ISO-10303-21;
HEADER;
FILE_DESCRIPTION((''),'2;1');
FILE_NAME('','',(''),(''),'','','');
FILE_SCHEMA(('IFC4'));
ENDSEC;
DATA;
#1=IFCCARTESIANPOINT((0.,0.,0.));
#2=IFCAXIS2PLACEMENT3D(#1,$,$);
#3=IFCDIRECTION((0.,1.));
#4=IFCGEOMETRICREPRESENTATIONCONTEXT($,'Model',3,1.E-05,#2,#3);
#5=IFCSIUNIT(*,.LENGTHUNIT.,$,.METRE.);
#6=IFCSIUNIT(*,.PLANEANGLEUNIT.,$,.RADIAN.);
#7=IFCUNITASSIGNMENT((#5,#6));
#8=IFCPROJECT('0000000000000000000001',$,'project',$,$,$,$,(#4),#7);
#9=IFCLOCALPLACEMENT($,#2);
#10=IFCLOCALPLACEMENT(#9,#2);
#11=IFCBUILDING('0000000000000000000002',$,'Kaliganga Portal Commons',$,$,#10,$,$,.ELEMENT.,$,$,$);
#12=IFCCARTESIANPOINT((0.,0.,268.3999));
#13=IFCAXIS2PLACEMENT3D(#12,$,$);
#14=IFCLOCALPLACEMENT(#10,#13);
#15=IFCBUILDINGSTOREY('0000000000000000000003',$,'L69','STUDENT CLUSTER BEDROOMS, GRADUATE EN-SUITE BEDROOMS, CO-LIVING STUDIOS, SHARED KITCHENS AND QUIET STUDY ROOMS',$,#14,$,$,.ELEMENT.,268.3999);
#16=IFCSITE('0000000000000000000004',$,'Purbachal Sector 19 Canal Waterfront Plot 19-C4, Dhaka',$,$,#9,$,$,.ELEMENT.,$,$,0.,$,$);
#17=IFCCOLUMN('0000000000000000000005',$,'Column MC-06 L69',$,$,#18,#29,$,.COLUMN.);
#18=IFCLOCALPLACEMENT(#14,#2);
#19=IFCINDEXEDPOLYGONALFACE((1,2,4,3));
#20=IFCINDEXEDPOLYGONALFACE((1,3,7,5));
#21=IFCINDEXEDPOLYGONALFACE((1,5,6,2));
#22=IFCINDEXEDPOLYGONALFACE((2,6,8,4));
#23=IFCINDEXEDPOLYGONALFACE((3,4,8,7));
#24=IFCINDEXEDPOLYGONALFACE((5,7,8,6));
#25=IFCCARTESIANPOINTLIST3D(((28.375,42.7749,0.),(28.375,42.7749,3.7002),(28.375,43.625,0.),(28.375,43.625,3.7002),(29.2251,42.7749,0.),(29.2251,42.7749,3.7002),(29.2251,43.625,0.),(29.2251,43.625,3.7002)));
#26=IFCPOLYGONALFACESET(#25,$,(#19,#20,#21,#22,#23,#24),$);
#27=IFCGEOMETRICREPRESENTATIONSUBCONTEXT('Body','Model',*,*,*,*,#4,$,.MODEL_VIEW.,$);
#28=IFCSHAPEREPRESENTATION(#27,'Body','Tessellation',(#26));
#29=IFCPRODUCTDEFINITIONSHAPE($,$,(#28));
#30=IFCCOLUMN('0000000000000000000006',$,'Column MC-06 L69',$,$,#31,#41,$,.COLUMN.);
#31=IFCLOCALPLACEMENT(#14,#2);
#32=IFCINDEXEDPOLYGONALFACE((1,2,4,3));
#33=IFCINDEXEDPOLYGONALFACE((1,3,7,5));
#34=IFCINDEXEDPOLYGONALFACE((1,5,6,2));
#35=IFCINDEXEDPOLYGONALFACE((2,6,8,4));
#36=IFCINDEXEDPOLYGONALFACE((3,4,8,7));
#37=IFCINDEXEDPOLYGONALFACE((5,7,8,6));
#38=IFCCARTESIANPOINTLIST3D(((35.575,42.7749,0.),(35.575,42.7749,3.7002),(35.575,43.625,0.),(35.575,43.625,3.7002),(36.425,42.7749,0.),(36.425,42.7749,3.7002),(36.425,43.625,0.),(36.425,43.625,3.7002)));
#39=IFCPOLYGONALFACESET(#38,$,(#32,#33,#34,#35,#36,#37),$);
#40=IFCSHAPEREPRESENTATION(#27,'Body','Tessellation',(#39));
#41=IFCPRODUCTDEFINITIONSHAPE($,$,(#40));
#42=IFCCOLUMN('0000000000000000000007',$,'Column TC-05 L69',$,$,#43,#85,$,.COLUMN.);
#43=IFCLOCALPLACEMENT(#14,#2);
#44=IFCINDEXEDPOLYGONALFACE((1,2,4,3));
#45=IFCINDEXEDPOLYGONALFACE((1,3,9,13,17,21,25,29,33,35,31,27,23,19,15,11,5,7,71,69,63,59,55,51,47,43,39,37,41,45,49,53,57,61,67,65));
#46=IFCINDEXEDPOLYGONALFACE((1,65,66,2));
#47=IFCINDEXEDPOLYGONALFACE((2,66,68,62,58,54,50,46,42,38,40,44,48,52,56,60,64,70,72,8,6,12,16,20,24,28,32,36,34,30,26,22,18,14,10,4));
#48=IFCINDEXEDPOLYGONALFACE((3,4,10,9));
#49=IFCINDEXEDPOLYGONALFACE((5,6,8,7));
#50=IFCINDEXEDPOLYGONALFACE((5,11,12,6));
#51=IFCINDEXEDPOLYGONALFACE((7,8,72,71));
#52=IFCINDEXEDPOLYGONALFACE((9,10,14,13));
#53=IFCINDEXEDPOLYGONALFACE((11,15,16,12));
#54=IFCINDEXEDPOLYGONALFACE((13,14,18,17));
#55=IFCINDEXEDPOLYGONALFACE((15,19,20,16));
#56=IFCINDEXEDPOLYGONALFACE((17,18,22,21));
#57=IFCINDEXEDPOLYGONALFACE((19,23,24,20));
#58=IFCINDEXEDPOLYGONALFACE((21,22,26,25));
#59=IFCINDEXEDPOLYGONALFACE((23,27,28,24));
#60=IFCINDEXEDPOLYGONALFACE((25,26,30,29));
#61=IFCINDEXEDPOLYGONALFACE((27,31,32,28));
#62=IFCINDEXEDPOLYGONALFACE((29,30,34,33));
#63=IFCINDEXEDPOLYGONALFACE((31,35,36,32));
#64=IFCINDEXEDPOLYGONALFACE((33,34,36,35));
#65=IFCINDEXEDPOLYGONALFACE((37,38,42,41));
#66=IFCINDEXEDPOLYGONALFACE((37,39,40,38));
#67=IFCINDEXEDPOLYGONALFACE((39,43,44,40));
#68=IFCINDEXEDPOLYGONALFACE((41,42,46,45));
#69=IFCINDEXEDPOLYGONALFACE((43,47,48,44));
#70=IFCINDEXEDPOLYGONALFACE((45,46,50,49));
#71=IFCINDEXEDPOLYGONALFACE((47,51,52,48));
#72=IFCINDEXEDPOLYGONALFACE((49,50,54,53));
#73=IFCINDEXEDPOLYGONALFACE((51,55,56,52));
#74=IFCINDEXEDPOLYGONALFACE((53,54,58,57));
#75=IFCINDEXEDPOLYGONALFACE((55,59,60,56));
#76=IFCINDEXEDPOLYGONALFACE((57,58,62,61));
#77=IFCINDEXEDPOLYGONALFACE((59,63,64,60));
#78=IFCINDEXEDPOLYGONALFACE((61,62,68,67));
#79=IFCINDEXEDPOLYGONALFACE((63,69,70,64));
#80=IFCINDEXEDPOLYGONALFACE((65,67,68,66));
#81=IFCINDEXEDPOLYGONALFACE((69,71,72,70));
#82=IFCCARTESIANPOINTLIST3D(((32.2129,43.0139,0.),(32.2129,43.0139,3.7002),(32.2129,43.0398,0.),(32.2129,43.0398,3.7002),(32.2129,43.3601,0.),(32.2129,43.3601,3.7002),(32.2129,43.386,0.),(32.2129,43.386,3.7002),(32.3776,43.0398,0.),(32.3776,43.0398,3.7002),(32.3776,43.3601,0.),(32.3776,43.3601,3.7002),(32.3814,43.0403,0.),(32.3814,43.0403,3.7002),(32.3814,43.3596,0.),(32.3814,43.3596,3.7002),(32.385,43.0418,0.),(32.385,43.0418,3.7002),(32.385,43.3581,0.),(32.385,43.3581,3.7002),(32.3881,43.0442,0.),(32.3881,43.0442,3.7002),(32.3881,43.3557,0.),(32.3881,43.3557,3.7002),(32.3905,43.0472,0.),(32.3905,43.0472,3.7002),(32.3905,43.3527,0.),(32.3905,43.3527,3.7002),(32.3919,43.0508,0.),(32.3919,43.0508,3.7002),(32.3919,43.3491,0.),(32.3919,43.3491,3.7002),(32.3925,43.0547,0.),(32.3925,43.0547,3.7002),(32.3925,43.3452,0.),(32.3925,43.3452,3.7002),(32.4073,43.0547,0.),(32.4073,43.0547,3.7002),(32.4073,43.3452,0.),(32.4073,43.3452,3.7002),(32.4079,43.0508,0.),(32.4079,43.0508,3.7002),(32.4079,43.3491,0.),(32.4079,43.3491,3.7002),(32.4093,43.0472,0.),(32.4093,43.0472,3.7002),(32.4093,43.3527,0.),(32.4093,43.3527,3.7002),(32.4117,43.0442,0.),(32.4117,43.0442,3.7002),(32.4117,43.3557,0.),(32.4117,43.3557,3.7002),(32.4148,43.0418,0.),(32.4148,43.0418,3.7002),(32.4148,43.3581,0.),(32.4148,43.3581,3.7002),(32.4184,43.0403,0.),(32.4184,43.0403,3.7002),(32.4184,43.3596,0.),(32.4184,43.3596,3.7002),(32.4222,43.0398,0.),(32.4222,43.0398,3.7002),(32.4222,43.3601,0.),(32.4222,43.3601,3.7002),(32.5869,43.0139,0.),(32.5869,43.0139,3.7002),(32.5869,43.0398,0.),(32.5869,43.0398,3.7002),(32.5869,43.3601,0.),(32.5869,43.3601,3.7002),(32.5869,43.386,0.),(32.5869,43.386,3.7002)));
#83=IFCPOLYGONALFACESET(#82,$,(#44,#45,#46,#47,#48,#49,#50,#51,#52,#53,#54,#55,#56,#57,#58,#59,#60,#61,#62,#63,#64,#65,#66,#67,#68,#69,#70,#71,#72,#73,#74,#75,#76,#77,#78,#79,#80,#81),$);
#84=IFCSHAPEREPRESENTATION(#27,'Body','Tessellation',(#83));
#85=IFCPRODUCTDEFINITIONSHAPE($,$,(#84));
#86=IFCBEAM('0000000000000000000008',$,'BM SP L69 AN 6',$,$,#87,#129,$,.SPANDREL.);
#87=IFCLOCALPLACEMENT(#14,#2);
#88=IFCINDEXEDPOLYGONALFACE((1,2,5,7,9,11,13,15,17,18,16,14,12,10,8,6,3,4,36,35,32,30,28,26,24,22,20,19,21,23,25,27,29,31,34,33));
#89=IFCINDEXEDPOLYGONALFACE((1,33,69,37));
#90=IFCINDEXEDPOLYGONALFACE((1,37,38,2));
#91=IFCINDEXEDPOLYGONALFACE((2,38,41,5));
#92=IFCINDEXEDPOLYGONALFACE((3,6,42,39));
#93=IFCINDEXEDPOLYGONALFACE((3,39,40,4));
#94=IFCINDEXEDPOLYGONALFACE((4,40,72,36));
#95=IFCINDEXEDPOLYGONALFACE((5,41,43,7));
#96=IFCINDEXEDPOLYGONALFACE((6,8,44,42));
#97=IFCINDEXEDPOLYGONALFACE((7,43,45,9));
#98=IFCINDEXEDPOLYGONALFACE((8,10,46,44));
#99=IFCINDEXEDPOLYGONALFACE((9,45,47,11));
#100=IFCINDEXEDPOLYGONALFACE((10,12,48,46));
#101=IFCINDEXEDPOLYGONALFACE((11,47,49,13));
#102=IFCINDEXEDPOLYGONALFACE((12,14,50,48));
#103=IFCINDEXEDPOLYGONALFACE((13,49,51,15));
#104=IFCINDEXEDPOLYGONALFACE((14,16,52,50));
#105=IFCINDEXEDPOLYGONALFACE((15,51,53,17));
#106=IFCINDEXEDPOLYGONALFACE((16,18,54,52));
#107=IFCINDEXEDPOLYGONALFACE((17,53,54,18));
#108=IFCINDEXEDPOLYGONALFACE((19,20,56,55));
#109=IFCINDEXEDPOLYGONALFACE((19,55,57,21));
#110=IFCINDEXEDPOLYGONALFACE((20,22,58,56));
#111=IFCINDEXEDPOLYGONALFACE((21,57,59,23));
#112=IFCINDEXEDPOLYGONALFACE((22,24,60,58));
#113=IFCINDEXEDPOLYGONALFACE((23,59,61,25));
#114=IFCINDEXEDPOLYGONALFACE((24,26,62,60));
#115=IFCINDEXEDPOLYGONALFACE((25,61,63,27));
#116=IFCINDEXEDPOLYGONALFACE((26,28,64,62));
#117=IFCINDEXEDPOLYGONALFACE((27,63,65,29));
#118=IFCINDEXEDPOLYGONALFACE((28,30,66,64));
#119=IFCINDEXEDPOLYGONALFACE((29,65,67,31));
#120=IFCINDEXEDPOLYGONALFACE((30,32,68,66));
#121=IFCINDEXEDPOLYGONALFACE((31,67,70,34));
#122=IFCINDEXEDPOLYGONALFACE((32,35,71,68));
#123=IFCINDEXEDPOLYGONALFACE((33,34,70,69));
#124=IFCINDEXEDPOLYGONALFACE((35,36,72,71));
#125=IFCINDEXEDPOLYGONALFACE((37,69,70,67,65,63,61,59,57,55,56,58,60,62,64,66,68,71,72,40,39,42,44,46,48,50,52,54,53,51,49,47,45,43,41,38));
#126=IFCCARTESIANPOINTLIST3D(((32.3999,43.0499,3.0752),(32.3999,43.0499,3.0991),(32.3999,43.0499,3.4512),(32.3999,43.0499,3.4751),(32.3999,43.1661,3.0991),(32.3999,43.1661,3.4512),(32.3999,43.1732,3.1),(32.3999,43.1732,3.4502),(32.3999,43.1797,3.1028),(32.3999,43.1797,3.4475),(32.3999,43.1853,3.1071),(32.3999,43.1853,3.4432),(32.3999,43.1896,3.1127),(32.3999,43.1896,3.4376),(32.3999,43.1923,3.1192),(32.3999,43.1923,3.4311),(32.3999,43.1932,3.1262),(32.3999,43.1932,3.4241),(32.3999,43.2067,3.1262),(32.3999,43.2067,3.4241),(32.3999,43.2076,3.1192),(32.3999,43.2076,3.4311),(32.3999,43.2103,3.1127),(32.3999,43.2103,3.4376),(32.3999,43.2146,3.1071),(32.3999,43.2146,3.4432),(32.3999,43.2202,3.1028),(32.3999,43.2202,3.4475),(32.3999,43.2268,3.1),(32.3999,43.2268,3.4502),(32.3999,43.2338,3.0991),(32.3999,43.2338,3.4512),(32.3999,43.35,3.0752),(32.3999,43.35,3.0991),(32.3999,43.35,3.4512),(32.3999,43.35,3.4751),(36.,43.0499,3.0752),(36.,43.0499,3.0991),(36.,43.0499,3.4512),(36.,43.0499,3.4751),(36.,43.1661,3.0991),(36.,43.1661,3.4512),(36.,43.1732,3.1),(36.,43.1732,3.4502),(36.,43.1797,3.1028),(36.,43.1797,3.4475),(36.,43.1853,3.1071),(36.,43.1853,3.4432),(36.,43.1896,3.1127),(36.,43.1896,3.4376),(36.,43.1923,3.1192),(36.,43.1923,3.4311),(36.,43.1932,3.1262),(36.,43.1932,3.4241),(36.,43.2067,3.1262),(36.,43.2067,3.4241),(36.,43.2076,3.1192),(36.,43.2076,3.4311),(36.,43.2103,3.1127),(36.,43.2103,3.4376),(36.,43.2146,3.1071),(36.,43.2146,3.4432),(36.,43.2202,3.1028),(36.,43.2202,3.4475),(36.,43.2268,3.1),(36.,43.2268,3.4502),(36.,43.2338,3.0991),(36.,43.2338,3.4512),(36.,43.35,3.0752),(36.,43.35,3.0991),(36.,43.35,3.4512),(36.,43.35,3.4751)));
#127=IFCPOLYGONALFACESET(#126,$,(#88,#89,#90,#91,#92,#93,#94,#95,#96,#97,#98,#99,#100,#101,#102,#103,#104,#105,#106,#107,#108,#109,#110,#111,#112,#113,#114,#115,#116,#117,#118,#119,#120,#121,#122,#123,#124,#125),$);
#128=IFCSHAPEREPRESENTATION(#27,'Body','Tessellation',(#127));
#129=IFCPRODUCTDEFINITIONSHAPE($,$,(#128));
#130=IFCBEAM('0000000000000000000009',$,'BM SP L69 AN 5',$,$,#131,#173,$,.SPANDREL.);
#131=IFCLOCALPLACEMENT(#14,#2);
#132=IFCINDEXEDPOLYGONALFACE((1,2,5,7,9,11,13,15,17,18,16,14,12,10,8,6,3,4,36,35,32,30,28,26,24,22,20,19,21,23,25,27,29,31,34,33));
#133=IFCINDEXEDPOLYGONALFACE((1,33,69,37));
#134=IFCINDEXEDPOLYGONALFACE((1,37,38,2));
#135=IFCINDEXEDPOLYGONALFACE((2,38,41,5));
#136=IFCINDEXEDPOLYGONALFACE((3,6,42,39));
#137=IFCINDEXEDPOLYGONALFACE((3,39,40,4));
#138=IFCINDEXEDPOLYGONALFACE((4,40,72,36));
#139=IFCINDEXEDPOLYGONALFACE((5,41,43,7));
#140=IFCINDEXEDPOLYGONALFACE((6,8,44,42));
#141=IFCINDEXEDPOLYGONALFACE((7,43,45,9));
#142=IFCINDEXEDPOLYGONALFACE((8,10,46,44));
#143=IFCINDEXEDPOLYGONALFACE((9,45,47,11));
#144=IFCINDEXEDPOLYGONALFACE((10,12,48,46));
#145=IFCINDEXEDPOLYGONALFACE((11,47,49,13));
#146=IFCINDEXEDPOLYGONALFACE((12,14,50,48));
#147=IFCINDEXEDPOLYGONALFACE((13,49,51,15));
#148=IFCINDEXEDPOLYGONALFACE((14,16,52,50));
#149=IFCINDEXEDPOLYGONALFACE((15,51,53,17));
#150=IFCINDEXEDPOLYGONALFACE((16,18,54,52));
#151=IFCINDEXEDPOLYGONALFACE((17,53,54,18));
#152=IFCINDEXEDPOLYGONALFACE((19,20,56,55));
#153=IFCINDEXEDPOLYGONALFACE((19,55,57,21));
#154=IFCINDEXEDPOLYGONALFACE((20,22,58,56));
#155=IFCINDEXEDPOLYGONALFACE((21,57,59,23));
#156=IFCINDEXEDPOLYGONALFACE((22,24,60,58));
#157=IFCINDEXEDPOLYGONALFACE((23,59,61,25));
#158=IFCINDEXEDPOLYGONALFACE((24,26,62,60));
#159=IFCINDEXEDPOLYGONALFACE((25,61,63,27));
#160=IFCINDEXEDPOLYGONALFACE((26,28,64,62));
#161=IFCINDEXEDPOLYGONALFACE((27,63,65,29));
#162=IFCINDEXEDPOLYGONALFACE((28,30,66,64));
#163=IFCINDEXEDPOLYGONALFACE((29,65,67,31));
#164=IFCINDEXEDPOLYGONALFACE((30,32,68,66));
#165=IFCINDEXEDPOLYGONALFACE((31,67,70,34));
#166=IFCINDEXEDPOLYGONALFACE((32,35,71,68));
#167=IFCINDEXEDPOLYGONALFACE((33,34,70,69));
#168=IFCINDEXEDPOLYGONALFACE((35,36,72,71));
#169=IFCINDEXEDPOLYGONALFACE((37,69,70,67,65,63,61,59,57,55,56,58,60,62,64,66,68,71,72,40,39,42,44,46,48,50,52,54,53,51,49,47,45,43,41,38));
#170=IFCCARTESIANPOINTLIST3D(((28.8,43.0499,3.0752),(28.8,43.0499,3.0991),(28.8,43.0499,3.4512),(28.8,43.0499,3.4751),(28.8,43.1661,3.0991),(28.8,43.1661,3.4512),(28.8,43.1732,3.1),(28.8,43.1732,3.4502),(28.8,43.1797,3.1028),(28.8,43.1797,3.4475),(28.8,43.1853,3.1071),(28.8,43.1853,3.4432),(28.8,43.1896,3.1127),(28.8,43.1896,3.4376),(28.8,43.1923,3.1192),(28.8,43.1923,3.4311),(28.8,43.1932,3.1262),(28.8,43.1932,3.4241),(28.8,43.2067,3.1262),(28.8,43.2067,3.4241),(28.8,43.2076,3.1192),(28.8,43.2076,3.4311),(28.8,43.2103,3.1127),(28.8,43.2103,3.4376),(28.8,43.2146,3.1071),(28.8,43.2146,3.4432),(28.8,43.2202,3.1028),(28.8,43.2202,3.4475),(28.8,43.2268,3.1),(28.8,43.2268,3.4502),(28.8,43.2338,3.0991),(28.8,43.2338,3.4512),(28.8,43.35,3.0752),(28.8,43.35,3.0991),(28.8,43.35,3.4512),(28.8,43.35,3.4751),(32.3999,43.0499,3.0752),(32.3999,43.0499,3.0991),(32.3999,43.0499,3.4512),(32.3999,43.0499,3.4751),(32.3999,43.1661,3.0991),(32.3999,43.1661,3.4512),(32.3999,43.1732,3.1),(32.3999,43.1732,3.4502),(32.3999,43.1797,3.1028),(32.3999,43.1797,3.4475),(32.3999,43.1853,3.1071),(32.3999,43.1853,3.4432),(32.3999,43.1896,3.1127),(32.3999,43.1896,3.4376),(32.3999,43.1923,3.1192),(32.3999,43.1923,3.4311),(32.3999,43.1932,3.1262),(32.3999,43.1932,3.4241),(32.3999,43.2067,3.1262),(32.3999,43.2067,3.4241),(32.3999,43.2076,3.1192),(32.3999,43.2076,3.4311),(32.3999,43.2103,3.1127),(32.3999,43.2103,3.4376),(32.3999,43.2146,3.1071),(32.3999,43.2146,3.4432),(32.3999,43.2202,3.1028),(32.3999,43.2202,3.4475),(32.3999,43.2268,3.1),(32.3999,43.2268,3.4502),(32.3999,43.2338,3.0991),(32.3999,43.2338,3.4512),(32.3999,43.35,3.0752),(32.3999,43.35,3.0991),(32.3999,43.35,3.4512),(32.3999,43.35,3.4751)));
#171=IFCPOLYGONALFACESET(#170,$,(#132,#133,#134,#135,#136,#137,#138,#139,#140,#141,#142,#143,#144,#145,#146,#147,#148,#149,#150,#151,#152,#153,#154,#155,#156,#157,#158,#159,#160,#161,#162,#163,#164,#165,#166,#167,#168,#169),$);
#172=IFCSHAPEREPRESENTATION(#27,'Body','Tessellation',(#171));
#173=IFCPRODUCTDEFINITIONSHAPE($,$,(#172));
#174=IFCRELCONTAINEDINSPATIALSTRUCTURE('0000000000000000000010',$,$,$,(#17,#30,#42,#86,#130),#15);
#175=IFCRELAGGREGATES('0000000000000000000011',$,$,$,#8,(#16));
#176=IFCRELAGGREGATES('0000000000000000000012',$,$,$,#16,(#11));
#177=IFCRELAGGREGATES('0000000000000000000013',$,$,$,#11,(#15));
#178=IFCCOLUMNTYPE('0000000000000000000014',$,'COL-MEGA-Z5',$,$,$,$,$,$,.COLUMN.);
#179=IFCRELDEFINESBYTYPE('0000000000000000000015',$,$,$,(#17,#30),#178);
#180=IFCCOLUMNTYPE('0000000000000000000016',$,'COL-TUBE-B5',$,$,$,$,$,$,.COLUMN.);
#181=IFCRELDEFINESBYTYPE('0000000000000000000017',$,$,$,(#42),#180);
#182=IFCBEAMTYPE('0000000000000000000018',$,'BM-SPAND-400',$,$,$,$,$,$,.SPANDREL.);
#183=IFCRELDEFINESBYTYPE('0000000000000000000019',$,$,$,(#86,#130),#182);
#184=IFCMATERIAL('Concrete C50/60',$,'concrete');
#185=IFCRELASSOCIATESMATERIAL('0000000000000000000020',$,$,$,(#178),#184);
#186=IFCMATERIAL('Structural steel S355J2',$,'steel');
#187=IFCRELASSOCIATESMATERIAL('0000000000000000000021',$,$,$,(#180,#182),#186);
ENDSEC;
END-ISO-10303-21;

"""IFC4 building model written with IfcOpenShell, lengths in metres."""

from ifc_helpers import new_model, si_unit, direction, frame, origin, origin_2d, place, context, subcontext, project, spatial, rectangle, i_section, extrude, source, transform, mapped, material, material_profile, profile_set, type_object, element, save


model = new_model("IFC4")

# Units and contexts
model_context = context("Model", 3, precision=1e-05, world=origin(), true_north=direction((0.0, 1.0)))
body_context = subcontext(model_context, "Body", "Model", "MODEL_VIEW")
ifc_project = project(units=[si_unit("LENGTHUNIT", "METRE"), si_unit("PLANEANGLEUNIT", "RADIAN")], contexts=[model_context])

# Site, building, storey
site_placement = place(None, origin())
site = spatial("IfcSite", under=ifc_project, at=site_placement, Name="Purbachal Sector 19 Canal Waterfront Plot 19-C4, Dhaka", CompositionType="ELEMENT", RefElevation=0.0)
building_placement = place(site_placement, origin())
building = spatial("IfcBuilding", under=site, at=building_placement, Name="Kaliganga Portal Commons", CompositionType="ELEMENT")
storey_placement = place(building_placement, frame((0.0, 0.0, 268.3999)))
storey = spatial("IfcBuildingStorey", under=building, at=storey_placement, Name="L69", Description="STUDENT CLUSTER BEDROOMS, GRADUATE EN-SUITE BEDROOMS, CO-LIVING STUDIOS, SHARED KITCHENS AND QUIET STUDY ROOMS", CompositionType="ELEMENT", Elevation=268.3999)

# Columns
ifc_material_1 = material(Name="Concrete C50/60", Category="concrete")
ifc_material_profile_1 = material_profile(ifc_material_1, rectangle(XDim=0.8501, YDim=0.8501, at=origin_2d()), Name="RC 850x850")
ifc_profile_set_1 = profile_set([ifc_material_profile_1], Name="Concrete C50/60")
column_type_1 = type_object("IfcColumnType", Name="COL-MEGA-Z5", PredefinedType="COLUMN", material=ifc_profile_set_1)
shared_shape_1 = source(origin(), body_context, "Body", "SweptSolid", [
    extrude(rectangle(XDim=0.8501, YDim=0.8501, at=origin_2d()), origin(), (0.0, 0.0, 1.0), 3.7002),
])
for number, where, z_axis, x_axis, name in (
    (1, (28.8, 43.2, 0.0), (0.0, 0.0, 1.0), (1.0, 0.0, 0.0), "Column MC-06 L69"),
    (2, (36.0, 43.2, 0.0), (0.0, 0.0, 1.0), (1.0, 0.0, 0.0), "Column MC-06 L69"),
):
    element("IfcColumn", number, at=place(storey_placement, frame(where, z_axis=z_axis, x_axis=x_axis)), inside=storey, type_object=column_type_1, Name=name, PredefinedType="COLUMN", context=body_context, shape_type="MappedRepresentation", body=[
        mapped(shared_shape_1, transform((0.0, 0.0, 0.0), x_axis=(1.0, 0.0, 0.0), y_axis=(0.0, 1.0, 0.0), z_axis=(0.0, 0.0, 1.0), scale=1.0)),
    ])
ifc_material_2 = material(Name="Structural steel S355J2", Category="steel")
ifc_material_profile_2 = material_profile(ifc_material_2, i_section(OverallWidth=0.374, OverallDepth=0.3721, WebThickness=0.0149, FlangeThickness=0.0259, FilletRadius=0.0149, at=origin_2d()), Name="HD 360x196")
ifc_profile_set_2 = profile_set([ifc_material_profile_2], Name="Structural steel S355J2 wide-flange")
column_type_2 = type_object("IfcColumnType", Name="COL-TUBE-B5", PredefinedType="COLUMN", material=ifc_profile_set_2)
shared_shape_2 = source(origin(), body_context, "Body", "SweptSolid", [
    extrude(i_section(OverallWidth=0.374, OverallDepth=0.3721, WebThickness=0.0149, FlangeThickness=0.0259, FilletRadius=0.0149, at=origin_2d()), origin(), (0.0, 0.0, 1.0), 3.7002),
])
column_placement = place(storey_placement, frame((32.3999, 43.2, 0.0), z_axis=(0.0, 0.0, 1.0), x_axis=(1.0, 0.0, 0.0)))
element("IfcColumn", 3, at=column_placement, inside=storey, type_object=column_type_2, Name="Column TC-05 L69", PredefinedType="COLUMN", context=body_context, shape_type="MappedRepresentation", body=[
    mapped(shared_shape_2, transform((0.0, 0.0, 0.0), x_axis=(1.0, 0.0, 0.0), y_axis=(0.0, 1.0, 0.0), z_axis=(0.0, 0.0, 1.0), scale=1.0)),
])

# Beams
ifc_material_profile_3 = material_profile(ifc_material_2, i_section(OverallWidth=0.3, OverallDepth=0.3999, WebThickness=0.0134, FlangeThickness=0.0239, FilletRadius=0.0271, at=origin_2d()), Name="HE 400 B")
ifc_profile_set_3 = profile_set([ifc_material_profile_3], Name="Structural steel S355J2 wide-flange")
beam_type = type_object("IfcBeamType", Name="BM-SPAND-400", PredefinedType="SPANDREL", material=ifc_profile_set_3)
shared_shape_3 = source(origin(), body_context, "Body", "SweptSolid", [
    extrude(i_section(OverallWidth=0.3, OverallDepth=0.3999, WebThickness=0.0134, FlangeThickness=0.0239, FilletRadius=0.0271, at=origin_2d()), origin(), (0.0, 0.0, 1.0), 3.6001),
])
beam_1_placement = place(storey_placement, frame((32.3999, 43.2, 3.2751), z_axis=(1.0, 0.0, 0.0), x_axis=(0.0, 1.0, 0.0)))
element("IfcBeam", 4, at=beam_1_placement, inside=storey, type_object=beam_type, Name="BM SP L69 AN 6", PredefinedType="SPANDREL", context=body_context, shape_type="MappedRepresentation", body=[
    mapped(shared_shape_3, transform((0.0, 0.0, 0.0), x_axis=(1.0, 0.0, 0.0), y_axis=(0.0, 1.0, 0.0), z_axis=(0.0, 0.0, 1.0), scale=1.0)),
])
shared_shape_4 = source(origin(), body_context, "Body", "SweptSolid", [
    extrude(i_section(OverallWidth=0.3, OverallDepth=0.3999, WebThickness=0.0134, FlangeThickness=0.0239, FilletRadius=0.0271, at=origin_2d()), origin(), (0.0, 0.0, 1.0), 3.5999),
])
beam_2_placement = place(storey_placement, frame((28.8, 43.2, 3.2751), z_axis=(1.0, 0.0, 0.0), x_axis=(0.0, 1.0, 0.0)))
element("IfcBeam", 5, at=beam_2_placement, inside=storey, type_object=beam_type, Name="BM SP L69 AN 5", PredefinedType="SPANDREL", context=body_context, shape_type="MappedRepresentation", body=[
    mapped(shared_shape_4, transform((0.0, 0.0, 0.0), x_axis=(1.0, 0.0, 0.0), y_axis=(0.0, 1.0, 0.0), z_axis=(0.0, 0.0, 1.0), scale=1.0)),
])

save(model, "model.ifc")
